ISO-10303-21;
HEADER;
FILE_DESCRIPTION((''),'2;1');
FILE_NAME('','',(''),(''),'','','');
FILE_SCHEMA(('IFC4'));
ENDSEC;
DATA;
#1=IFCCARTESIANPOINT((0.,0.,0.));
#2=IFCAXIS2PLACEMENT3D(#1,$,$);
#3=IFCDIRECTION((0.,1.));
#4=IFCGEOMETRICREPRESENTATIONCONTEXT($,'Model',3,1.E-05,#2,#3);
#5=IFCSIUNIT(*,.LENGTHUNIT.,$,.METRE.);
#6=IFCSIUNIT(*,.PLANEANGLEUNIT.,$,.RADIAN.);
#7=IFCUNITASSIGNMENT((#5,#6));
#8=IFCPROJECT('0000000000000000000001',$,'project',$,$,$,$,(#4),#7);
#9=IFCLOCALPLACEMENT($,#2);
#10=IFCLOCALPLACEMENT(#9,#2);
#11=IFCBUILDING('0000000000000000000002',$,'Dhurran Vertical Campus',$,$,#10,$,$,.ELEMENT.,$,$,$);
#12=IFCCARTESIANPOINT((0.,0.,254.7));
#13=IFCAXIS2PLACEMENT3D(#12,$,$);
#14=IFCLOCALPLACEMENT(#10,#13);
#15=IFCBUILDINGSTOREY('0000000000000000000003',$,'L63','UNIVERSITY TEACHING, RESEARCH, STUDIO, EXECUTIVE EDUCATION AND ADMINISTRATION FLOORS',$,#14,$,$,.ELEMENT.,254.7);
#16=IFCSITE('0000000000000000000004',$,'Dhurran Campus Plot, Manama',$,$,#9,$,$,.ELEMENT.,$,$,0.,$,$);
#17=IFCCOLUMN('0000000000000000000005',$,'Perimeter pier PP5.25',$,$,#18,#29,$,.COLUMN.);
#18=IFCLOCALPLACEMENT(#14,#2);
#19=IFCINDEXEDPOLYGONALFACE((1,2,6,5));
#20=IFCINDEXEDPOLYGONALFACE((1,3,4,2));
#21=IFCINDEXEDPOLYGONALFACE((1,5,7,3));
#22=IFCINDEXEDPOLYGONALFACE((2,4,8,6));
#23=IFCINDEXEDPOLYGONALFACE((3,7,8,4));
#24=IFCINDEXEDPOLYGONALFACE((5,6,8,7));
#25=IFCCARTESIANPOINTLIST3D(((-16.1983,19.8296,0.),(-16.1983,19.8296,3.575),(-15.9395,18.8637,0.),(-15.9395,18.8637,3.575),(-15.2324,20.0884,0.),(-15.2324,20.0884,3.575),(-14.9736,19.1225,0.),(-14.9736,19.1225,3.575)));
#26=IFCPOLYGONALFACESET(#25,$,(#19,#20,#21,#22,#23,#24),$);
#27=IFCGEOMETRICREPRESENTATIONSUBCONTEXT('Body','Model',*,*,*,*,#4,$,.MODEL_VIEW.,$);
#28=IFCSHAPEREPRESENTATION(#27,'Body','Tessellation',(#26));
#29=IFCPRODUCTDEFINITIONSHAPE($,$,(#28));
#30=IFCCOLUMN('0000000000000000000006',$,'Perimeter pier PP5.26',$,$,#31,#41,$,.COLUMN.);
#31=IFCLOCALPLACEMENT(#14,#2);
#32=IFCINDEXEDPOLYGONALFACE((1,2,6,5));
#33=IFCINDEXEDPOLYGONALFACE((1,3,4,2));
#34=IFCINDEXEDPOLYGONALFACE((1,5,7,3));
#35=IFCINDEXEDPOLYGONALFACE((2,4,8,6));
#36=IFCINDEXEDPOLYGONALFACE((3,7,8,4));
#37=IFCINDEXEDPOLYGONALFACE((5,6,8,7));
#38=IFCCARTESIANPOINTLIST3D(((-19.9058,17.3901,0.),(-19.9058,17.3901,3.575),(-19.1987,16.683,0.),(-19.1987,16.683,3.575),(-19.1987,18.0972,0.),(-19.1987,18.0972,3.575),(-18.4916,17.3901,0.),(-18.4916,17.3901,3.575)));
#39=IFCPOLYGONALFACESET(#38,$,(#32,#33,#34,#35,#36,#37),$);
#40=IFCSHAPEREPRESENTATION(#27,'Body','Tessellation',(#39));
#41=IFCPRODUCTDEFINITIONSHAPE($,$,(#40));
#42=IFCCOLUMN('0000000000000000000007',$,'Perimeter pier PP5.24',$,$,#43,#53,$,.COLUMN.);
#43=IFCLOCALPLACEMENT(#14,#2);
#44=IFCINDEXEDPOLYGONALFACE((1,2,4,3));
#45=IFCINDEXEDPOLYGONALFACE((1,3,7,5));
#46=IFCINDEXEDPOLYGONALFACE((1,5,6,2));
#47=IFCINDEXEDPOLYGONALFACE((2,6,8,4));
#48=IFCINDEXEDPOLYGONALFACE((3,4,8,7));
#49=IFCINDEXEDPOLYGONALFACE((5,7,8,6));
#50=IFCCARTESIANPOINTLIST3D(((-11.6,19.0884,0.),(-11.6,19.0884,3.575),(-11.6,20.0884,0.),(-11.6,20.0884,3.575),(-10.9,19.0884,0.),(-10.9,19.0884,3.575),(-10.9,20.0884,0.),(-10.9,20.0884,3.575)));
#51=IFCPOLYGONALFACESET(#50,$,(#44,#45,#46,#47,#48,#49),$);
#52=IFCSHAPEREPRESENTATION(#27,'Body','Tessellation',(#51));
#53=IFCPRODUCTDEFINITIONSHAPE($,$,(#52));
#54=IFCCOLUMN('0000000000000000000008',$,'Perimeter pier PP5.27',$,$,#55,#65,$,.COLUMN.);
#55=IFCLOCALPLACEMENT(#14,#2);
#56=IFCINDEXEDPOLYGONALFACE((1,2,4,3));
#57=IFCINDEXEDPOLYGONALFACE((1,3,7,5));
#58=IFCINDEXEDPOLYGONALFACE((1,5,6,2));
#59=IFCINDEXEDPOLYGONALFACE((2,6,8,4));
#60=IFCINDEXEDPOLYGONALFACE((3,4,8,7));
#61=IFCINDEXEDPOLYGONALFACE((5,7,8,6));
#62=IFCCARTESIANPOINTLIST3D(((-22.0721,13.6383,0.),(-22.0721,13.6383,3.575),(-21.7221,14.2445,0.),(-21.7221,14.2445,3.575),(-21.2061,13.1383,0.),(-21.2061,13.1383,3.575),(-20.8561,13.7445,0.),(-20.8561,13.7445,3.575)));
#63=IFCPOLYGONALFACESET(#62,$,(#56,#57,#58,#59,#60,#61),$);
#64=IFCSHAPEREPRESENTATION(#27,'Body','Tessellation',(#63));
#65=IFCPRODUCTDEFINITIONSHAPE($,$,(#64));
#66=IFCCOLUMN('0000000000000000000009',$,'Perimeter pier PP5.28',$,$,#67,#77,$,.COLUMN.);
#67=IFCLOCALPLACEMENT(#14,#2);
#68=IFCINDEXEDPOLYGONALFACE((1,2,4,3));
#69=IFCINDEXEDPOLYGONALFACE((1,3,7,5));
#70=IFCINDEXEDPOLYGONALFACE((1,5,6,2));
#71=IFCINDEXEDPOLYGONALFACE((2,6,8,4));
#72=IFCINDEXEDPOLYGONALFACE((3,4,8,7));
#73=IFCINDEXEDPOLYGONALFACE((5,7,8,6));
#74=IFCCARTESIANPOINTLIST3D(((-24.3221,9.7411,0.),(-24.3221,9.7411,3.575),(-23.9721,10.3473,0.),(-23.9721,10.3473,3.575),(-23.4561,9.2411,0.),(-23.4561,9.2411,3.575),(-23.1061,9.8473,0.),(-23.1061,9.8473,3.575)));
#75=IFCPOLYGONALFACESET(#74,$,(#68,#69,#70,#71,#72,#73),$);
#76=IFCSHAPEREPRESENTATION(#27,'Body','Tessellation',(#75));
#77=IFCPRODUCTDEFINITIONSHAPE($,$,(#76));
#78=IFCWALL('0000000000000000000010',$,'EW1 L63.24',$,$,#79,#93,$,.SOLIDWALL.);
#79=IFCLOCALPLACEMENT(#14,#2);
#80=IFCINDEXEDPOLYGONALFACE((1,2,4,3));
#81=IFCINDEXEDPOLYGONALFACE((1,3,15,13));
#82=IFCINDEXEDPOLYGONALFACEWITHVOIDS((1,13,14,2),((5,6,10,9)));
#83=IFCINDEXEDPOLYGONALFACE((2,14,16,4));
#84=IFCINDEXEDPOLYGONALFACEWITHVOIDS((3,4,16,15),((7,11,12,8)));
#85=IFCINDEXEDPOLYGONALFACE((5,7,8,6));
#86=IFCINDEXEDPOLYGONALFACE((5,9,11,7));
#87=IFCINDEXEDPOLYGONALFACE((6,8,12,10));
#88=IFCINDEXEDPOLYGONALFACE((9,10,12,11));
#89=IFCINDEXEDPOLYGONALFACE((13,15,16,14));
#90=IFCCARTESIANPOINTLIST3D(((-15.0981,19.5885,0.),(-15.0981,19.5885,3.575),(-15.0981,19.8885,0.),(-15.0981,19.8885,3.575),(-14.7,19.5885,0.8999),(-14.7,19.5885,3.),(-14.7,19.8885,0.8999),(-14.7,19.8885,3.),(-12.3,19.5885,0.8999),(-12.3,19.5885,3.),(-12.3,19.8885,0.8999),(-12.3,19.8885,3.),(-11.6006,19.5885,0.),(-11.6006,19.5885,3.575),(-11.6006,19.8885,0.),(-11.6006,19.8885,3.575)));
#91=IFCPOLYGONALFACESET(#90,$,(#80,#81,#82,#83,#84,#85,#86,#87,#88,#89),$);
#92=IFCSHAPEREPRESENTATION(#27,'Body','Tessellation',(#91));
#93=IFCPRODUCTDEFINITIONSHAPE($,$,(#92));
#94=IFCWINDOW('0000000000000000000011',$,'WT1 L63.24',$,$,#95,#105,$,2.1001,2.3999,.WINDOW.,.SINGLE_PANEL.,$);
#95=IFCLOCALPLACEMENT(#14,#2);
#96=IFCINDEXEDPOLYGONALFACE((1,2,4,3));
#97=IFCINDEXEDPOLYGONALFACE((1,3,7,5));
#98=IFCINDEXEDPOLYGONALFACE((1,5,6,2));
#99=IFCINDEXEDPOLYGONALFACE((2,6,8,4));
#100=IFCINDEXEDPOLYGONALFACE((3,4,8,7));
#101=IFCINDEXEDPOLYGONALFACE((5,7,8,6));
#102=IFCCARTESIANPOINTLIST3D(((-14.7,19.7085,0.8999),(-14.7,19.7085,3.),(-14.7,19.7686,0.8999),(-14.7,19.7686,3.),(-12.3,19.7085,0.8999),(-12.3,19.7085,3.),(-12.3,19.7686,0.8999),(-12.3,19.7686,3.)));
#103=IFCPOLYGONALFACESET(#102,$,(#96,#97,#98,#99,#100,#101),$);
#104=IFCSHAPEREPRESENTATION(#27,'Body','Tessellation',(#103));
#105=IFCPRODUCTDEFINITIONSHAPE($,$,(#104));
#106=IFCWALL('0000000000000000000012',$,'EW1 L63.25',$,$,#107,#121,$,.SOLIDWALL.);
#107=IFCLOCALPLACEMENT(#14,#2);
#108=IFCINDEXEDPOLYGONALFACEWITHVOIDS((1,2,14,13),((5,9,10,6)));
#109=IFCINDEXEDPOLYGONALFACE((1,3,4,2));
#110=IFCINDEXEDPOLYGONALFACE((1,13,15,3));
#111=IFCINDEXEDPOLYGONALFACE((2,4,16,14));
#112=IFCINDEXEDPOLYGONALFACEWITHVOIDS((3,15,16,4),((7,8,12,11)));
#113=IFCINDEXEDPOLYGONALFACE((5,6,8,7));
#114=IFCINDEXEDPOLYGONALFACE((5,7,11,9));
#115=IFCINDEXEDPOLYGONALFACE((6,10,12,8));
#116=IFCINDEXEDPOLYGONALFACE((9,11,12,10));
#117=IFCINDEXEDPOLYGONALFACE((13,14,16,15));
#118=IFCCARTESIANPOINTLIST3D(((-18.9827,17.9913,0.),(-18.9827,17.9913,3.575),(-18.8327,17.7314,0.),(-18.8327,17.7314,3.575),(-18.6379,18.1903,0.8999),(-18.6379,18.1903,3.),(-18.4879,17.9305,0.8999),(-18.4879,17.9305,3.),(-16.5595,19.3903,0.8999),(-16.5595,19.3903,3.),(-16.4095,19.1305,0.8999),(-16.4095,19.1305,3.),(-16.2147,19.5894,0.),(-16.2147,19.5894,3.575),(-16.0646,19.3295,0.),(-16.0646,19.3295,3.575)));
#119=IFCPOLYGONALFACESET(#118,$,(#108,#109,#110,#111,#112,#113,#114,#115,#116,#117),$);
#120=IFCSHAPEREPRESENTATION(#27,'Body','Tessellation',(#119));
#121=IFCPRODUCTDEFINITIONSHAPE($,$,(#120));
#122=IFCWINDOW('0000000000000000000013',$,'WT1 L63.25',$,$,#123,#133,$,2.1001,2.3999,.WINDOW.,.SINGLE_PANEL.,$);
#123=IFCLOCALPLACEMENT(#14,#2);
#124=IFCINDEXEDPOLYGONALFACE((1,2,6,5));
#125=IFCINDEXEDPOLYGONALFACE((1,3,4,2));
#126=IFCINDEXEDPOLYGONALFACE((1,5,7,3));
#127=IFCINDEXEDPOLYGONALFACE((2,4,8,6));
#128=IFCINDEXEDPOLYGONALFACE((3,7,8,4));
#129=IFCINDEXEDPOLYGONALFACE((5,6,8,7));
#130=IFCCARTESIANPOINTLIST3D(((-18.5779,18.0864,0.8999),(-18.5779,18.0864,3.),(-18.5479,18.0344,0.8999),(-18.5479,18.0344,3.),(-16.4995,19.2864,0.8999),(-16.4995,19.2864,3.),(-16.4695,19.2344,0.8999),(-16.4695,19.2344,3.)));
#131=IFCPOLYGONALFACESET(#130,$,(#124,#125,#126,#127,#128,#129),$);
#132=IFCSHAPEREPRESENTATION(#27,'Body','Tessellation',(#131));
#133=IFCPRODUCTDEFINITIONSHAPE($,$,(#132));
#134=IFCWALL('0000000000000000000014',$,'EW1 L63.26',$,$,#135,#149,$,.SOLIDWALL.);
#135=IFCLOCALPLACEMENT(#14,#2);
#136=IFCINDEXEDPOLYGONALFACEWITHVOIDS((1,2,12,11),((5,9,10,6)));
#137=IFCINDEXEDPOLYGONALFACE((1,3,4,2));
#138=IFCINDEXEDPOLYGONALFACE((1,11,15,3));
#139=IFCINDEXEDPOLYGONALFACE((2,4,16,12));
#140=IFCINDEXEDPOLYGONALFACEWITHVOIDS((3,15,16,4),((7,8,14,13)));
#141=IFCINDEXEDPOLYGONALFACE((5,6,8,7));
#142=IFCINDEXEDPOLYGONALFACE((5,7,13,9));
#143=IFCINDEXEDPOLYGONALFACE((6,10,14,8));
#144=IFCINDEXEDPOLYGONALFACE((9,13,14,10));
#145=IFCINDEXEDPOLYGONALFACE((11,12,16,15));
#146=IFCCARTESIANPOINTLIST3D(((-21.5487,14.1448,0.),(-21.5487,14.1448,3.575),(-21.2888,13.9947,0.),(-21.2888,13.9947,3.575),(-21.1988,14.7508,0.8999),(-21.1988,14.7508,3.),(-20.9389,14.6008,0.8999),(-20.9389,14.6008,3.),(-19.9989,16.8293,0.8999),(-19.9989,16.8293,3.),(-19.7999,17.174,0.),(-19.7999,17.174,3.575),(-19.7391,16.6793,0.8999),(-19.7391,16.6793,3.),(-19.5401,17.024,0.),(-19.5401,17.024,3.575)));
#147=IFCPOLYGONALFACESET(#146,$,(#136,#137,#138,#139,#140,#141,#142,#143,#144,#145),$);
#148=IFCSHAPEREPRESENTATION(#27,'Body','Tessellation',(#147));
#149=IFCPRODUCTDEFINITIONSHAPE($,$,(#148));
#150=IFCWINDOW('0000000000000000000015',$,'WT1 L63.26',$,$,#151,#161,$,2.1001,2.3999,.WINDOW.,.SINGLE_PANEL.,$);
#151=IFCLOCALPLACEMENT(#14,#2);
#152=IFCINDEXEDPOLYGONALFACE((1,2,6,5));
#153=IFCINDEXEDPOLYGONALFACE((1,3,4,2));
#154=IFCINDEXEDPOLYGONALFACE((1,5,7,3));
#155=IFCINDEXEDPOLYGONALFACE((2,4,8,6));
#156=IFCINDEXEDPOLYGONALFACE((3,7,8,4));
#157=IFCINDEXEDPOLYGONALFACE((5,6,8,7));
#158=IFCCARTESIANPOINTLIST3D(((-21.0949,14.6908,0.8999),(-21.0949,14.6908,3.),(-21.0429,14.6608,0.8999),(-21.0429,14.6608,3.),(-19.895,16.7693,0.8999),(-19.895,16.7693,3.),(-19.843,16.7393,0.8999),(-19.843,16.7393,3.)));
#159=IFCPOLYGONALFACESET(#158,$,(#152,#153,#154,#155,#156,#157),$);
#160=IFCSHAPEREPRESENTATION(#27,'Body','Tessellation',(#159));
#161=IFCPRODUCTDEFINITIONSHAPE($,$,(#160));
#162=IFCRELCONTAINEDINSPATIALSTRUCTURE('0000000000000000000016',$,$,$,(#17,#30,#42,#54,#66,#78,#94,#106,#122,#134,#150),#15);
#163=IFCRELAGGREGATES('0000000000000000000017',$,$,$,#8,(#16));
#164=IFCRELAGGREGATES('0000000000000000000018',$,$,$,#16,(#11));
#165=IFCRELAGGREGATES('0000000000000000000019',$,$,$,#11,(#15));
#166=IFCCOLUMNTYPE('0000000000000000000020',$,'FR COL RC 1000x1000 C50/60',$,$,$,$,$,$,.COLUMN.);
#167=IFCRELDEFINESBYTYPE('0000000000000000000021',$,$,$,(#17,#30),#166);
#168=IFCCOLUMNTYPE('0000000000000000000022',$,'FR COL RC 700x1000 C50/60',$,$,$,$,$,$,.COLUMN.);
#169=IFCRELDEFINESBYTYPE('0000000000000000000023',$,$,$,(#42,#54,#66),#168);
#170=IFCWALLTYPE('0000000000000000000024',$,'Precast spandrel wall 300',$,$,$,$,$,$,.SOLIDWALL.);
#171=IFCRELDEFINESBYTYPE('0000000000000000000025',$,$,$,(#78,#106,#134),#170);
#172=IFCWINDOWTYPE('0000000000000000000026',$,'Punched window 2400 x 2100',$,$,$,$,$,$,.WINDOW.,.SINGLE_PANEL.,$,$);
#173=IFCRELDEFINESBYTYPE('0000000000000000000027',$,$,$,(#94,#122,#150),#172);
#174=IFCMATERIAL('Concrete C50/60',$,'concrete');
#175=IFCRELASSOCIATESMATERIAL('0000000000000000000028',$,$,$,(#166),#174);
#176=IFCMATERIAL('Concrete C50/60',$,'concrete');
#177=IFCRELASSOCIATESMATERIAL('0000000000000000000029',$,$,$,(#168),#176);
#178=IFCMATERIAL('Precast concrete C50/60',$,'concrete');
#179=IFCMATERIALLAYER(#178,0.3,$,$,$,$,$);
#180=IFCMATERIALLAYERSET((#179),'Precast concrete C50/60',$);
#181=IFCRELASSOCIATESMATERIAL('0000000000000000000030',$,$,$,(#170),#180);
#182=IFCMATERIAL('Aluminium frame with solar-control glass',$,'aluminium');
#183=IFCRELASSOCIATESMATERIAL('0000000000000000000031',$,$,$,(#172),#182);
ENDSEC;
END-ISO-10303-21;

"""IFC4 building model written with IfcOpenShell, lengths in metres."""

from ifc_helpers import new_model, si_unit, direction, frame, frame_2d, origin, origin_2d, place, context, subcontext, project, spatial, rectangle, extrude, material, layer, layer_set, material_profile, profile_set, type_object, element, fill, save


model = new_model("IFC4")

# Units and contexts
model_context = context("Model", 3, precision=1e-05, world=origin(), true_north=direction((0.0, 1.0)))
body_context = subcontext(model_context, "Body", "Model", "MODEL_VIEW")
ifc_project = project(units=[si_unit("LENGTHUNIT", "METRE"), si_unit("PLANEANGLEUNIT", "RADIAN")], contexts=[model_context])

# Site, building, storey
site_placement = place(None, origin())
site = spatial("IfcSite", under=ifc_project, at=site_placement, Name="Dhurran Campus Plot, Manama", CompositionType="ELEMENT", RefElevation=0.0)
building_placement = place(site_placement, origin())
building = spatial("IfcBuilding", under=site, at=building_placement, Name="Dhurran Vertical Campus", CompositionType="ELEMENT")
storey_placement = place(building_placement, frame((0.0, 0.0, 254.7)))
storey = spatial("IfcBuildingStorey", under=building, at=storey_placement, Name="L63", Description="UNIVERSITY TEACHING, RESEARCH, STUDIO, EXECUTIVE EDUCATION AND ADMINISTRATION FLOORS", CompositionType="ELEMENT", Elevation=254.7)

# Columns
ifc_material_1 = material(Name="Concrete C50/60", Category="concrete")
ifc_material_profile_1 = material_profile(ifc_material_1, rectangle(XDim=1.0, YDim=1.0, at=origin_2d()), Name="RC 1000x1000")
ifc_profile_set_1 = profile_set([ifc_material_profile_1], Name="Concrete C50/60")
column_type_1 = type_object("IfcColumnType", Name="FR COL RC 1000x1000 C50/60", PredefinedType="COLUMN", material=ifc_profile_set_1)
for number, where, z_axis, x_axis, name in (
    (1, (-15.5859, 19.4761, 0.0), (0.0, 0.0, 1.0), (-0.965926, -0.258819, 0.0), "Perimeter pier PP5.25"),
    (2, (-19.1987, 17.3901, 0.0), (0.0, 0.0, 1.0), (-0.707107, -0.707107, 0.0), "Perimeter pier PP5.26"),
):
    element("IfcColumn", number, at=place(storey_placement, frame(where, z_axis=z_axis, x_axis=x_axis)), inside=storey, type_object=column_type_1, Name=name, PredefinedType="COLUMN", context=body_context, shape_type="SweptSolid", body=[
        extrude(rectangle(XDim=1.0, YDim=1.0, at=origin_2d()), origin(), (0.0, 0.0, 1.0), 3.575),
    ])
ifc_material_2 = material(Name="Concrete C50/60", Category="concrete")
ifc_material_profile_2 = material_profile(ifc_material_2, rectangle(XDim=0.7, YDim=1.0, at=origin_2d()), Name="RC 700x1000")
ifc_profile_set_2 = profile_set([ifc_material_profile_2], Name="Concrete C50/60")
column_type_2 = type_object("IfcColumnType", Name="FR COL RC 700x1000 C50/60", PredefinedType="COLUMN", material=ifc_profile_set_2)
for number, where, z_axis, x_axis, name in (
    (3, (-11.25, 19.5884, 0.0), (0.0, 0.0, 1.0), (-1.0, 0.0, 0.0), "Perimeter pier PP5.24"),
    (4, (-21.4641, 13.6914, 0.0), (0.0, 0.0, 1.0), (-0.5, -0.866025, 0.0), "Perimeter pier PP5.27"),
    (5, (-23.7141, 9.7942, 0.0), (0.0, 0.0, 1.0), (-0.5, -0.866025, 0.0), "Perimeter pier PP5.28"),
):
    element("IfcColumn", number, at=place(storey_placement, frame(where, z_axis=z_axis, x_axis=x_axis)), inside=storey, type_object=column_type_2, Name=name, PredefinedType="COLUMN", context=body_context, shape_type="SweptSolid", body=[
        extrude(rectangle(XDim=0.7, YDim=1.0, at=origin_2d()), origin(), (0.0, 0.0, 1.0), 3.575),
    ])

# Walls, openings, windows
ifc_material_3 = material(Name="Precast concrete C50/60", Category="concrete")
ifc_layer_1 = layer(ifc_material_3, 0.3)
ifc_layer_set_1 = layer_set([ifc_layer_1], Name="Precast concrete C50/60")
wall_type_1 = type_object("IfcWallType", Name="Precast spandrel wall 300", PredefinedType="SOLIDWALL", material=ifc_layer_set_1)
wall_1_placement = place(storey_placement, frame((-11.6006, 19.7385, 0.0), z_axis=(0.0, 0.0, 1.0), x_axis=(-1.0, 0.0, 0.0)))
wall_1 = element("IfcWall", 6, at=wall_1_placement, inside=storey, type_object=wall_type_1, Name="EW1 L63.24", PredefinedType="SOLIDWALL", context=body_context, shape_type="SweptSolid", body=[
    extrude(rectangle(XDim=3.4976, YDim=0.3, at=frame_2d((1.7488, 0.0))), origin(), (0.0, 0.0, 1.0), 3.575),
])
opening_1_placement = place(wall_1_placement, frame((0.6995, 0.0, 0.8999)))
opening_1 = element("IfcOpeningElement", 7, at=opening_1_placement, cuts=wall_1, PredefinedType="OPENING", context=body_context, shape_type="SweptSolid", body=[
    extrude(rectangle(XDim=2.3999, YDim=2.1001, at=frame_2d((1.2, 1.05))), frame((0.0, 0.1599, 0.0), z_axis=(0.0, -1.0, 0.0), x_axis=(1.0, 0.0, 0.0)), (0.0, 0.0, 1.0), 0.3201),
])
ifc_material_4 = material(Name="Aluminium frame with solar-control glass", Category="aluminium")
window_type = type_object("IfcWindowType", Name="Punched window 2400 x 2100", PartitioningType="SINGLE_PANEL", PredefinedType="WINDOW", material=ifc_material_4)
window_1_placement = place(opening_1_placement, origin())
window_1 = element("IfcWindow", 8, at=window_1_placement, inside=storey, type_object=window_type, Name="WT1 L63.24", OverallHeight=2.1001, OverallWidth=2.3999, PartitioningType="SINGLE_PANEL", PredefinedType="WINDOW", context=body_context, shape_type="SweptSolid", body=[
    extrude(rectangle(XDim=2.3999, YDim=2.1001, at=frame_2d((1.2, 1.05))), frame((0.0, 0.03, 0.0), z_axis=(0.0, -1.0, 0.0), x_axis=(1.0, 0.0, 0.0)), (0.0, 0.0, 1.0), 0.0601),
])
fill(opening_1, window_1)
wall_2_placement = place(storey_placement, frame((-16.1396, 19.4595, 0.0), z_axis=(0.0, 0.0, 1.0), x_axis=(-0.866025, -0.5, 0.0)))
wall_2 = element("IfcWall", 9, at=wall_2_placement, inside=storey, type_object=wall_type_1, Name="EW1 L63.25", PredefinedType="SOLIDWALL", context=body_context, shape_type="SweptSolid", body=[
    extrude(rectangle(XDim=3.1963, YDim=0.3, at=frame_2d((1.5981, 0.0))), origin(), (0.0, 0.0, 1.0), 3.575),
])
opening_2_placement = place(wall_2_placement, frame((0.3982, 0.0, 0.8999)))
opening_2 = element("IfcOpeningElement", 10, at=opening_2_placement, cuts=wall_2, PredefinedType="OPENING", context=body_context, shape_type="SweptSolid", body=[
    extrude(rectangle(XDim=2.3999, YDim=2.1001, at=frame_2d((1.2, 1.05))), frame((0.0, 0.1599, 0.0), z_axis=(0.0, -1.0, 0.0), x_axis=(1.0, 0.0, 0.0)), (0.0, 0.0, 1.0), 0.3201),
])
window_2_placement = place(opening_2_placement, origin())
window_2 = element("IfcWindow", 11, at=window_2_placement, inside=storey, type_object=window_type, Name="WT1 L63.25", OverallHeight=2.1001, OverallWidth=2.3999, PartitioningType="SINGLE_PANEL", PredefinedType="WINDOW", context=body_context, shape_type="SweptSolid", body=[
    extrude(rectangle(XDim=2.3999, YDim=2.1001, at=frame_2d((1.2, 1.05))), frame((0.0, 0.03, 0.0), z_axis=(0.0, -1.0, 0.0), x_axis=(1.0, 0.0, 0.0)), (0.0, 0.0, 1.0), 0.0601),
])
fill(opening_2, window_2)
wall_3_placement = place(storey_placement, frame((-19.6699, 17.0991, 0.0), z_axis=(0.0, 0.0, 1.0), x_axis=(-0.49996, -0.866048, 0.0)))
wall_3 = element("IfcWall", 12, at=wall_3_placement, inside=storey, type_object=wall_type_1, Name="EW1 L63.26", PredefinedType="SOLIDWALL", context=body_context, shape_type="SweptSolid", body=[
    extrude(rectangle(XDim=3.4978, YDim=0.3, at=frame_2d((1.749, 0.0))), origin(), (0.0, 0.0, 1.0), 3.575),
])
opening_3_placement = place(wall_3_placement, frame((0.3982, 0.0, 0.8999)))
opening_3 = element("IfcOpeningElement", 13, at=opening_3_placement, cuts=wall_3, PredefinedType="OPENING", context=body_context, shape_type="SweptSolid", body=[
    extrude(rectangle(XDim=2.3999, YDim=2.1001, at=frame_2d((1.2, 1.05))), frame((0.0, 0.1599, 0.0), z_axis=(0.0, -1.0, 0.0), x_axis=(1.0, 0.0, 0.0)), (0.0, 0.0, 1.0), 0.3201),
])
window_3_placement = place(opening_3_placement, origin())
window_3 = element("IfcWindow", 14, at=window_3_placement, inside=storey, type_object=window_type, Name="WT1 L63.26", OverallHeight=2.1001, OverallWidth=2.3999, PartitioningType="SINGLE_PANEL", PredefinedType="WINDOW", context=body_context, shape_type="SweptSolid", body=[
    extrude(rectangle(XDim=2.3999, YDim=2.1001, at=frame_2d((1.2, 1.05))), frame((0.0, 0.03, 0.0), z_axis=(0.0, -1.0, 0.0), x_axis=(1.0, 0.0, 0.0)), (0.0, 0.0, 1.0), 0.0601),
])
fill(opening_3, window_3)

save(model, "model.ifc")
